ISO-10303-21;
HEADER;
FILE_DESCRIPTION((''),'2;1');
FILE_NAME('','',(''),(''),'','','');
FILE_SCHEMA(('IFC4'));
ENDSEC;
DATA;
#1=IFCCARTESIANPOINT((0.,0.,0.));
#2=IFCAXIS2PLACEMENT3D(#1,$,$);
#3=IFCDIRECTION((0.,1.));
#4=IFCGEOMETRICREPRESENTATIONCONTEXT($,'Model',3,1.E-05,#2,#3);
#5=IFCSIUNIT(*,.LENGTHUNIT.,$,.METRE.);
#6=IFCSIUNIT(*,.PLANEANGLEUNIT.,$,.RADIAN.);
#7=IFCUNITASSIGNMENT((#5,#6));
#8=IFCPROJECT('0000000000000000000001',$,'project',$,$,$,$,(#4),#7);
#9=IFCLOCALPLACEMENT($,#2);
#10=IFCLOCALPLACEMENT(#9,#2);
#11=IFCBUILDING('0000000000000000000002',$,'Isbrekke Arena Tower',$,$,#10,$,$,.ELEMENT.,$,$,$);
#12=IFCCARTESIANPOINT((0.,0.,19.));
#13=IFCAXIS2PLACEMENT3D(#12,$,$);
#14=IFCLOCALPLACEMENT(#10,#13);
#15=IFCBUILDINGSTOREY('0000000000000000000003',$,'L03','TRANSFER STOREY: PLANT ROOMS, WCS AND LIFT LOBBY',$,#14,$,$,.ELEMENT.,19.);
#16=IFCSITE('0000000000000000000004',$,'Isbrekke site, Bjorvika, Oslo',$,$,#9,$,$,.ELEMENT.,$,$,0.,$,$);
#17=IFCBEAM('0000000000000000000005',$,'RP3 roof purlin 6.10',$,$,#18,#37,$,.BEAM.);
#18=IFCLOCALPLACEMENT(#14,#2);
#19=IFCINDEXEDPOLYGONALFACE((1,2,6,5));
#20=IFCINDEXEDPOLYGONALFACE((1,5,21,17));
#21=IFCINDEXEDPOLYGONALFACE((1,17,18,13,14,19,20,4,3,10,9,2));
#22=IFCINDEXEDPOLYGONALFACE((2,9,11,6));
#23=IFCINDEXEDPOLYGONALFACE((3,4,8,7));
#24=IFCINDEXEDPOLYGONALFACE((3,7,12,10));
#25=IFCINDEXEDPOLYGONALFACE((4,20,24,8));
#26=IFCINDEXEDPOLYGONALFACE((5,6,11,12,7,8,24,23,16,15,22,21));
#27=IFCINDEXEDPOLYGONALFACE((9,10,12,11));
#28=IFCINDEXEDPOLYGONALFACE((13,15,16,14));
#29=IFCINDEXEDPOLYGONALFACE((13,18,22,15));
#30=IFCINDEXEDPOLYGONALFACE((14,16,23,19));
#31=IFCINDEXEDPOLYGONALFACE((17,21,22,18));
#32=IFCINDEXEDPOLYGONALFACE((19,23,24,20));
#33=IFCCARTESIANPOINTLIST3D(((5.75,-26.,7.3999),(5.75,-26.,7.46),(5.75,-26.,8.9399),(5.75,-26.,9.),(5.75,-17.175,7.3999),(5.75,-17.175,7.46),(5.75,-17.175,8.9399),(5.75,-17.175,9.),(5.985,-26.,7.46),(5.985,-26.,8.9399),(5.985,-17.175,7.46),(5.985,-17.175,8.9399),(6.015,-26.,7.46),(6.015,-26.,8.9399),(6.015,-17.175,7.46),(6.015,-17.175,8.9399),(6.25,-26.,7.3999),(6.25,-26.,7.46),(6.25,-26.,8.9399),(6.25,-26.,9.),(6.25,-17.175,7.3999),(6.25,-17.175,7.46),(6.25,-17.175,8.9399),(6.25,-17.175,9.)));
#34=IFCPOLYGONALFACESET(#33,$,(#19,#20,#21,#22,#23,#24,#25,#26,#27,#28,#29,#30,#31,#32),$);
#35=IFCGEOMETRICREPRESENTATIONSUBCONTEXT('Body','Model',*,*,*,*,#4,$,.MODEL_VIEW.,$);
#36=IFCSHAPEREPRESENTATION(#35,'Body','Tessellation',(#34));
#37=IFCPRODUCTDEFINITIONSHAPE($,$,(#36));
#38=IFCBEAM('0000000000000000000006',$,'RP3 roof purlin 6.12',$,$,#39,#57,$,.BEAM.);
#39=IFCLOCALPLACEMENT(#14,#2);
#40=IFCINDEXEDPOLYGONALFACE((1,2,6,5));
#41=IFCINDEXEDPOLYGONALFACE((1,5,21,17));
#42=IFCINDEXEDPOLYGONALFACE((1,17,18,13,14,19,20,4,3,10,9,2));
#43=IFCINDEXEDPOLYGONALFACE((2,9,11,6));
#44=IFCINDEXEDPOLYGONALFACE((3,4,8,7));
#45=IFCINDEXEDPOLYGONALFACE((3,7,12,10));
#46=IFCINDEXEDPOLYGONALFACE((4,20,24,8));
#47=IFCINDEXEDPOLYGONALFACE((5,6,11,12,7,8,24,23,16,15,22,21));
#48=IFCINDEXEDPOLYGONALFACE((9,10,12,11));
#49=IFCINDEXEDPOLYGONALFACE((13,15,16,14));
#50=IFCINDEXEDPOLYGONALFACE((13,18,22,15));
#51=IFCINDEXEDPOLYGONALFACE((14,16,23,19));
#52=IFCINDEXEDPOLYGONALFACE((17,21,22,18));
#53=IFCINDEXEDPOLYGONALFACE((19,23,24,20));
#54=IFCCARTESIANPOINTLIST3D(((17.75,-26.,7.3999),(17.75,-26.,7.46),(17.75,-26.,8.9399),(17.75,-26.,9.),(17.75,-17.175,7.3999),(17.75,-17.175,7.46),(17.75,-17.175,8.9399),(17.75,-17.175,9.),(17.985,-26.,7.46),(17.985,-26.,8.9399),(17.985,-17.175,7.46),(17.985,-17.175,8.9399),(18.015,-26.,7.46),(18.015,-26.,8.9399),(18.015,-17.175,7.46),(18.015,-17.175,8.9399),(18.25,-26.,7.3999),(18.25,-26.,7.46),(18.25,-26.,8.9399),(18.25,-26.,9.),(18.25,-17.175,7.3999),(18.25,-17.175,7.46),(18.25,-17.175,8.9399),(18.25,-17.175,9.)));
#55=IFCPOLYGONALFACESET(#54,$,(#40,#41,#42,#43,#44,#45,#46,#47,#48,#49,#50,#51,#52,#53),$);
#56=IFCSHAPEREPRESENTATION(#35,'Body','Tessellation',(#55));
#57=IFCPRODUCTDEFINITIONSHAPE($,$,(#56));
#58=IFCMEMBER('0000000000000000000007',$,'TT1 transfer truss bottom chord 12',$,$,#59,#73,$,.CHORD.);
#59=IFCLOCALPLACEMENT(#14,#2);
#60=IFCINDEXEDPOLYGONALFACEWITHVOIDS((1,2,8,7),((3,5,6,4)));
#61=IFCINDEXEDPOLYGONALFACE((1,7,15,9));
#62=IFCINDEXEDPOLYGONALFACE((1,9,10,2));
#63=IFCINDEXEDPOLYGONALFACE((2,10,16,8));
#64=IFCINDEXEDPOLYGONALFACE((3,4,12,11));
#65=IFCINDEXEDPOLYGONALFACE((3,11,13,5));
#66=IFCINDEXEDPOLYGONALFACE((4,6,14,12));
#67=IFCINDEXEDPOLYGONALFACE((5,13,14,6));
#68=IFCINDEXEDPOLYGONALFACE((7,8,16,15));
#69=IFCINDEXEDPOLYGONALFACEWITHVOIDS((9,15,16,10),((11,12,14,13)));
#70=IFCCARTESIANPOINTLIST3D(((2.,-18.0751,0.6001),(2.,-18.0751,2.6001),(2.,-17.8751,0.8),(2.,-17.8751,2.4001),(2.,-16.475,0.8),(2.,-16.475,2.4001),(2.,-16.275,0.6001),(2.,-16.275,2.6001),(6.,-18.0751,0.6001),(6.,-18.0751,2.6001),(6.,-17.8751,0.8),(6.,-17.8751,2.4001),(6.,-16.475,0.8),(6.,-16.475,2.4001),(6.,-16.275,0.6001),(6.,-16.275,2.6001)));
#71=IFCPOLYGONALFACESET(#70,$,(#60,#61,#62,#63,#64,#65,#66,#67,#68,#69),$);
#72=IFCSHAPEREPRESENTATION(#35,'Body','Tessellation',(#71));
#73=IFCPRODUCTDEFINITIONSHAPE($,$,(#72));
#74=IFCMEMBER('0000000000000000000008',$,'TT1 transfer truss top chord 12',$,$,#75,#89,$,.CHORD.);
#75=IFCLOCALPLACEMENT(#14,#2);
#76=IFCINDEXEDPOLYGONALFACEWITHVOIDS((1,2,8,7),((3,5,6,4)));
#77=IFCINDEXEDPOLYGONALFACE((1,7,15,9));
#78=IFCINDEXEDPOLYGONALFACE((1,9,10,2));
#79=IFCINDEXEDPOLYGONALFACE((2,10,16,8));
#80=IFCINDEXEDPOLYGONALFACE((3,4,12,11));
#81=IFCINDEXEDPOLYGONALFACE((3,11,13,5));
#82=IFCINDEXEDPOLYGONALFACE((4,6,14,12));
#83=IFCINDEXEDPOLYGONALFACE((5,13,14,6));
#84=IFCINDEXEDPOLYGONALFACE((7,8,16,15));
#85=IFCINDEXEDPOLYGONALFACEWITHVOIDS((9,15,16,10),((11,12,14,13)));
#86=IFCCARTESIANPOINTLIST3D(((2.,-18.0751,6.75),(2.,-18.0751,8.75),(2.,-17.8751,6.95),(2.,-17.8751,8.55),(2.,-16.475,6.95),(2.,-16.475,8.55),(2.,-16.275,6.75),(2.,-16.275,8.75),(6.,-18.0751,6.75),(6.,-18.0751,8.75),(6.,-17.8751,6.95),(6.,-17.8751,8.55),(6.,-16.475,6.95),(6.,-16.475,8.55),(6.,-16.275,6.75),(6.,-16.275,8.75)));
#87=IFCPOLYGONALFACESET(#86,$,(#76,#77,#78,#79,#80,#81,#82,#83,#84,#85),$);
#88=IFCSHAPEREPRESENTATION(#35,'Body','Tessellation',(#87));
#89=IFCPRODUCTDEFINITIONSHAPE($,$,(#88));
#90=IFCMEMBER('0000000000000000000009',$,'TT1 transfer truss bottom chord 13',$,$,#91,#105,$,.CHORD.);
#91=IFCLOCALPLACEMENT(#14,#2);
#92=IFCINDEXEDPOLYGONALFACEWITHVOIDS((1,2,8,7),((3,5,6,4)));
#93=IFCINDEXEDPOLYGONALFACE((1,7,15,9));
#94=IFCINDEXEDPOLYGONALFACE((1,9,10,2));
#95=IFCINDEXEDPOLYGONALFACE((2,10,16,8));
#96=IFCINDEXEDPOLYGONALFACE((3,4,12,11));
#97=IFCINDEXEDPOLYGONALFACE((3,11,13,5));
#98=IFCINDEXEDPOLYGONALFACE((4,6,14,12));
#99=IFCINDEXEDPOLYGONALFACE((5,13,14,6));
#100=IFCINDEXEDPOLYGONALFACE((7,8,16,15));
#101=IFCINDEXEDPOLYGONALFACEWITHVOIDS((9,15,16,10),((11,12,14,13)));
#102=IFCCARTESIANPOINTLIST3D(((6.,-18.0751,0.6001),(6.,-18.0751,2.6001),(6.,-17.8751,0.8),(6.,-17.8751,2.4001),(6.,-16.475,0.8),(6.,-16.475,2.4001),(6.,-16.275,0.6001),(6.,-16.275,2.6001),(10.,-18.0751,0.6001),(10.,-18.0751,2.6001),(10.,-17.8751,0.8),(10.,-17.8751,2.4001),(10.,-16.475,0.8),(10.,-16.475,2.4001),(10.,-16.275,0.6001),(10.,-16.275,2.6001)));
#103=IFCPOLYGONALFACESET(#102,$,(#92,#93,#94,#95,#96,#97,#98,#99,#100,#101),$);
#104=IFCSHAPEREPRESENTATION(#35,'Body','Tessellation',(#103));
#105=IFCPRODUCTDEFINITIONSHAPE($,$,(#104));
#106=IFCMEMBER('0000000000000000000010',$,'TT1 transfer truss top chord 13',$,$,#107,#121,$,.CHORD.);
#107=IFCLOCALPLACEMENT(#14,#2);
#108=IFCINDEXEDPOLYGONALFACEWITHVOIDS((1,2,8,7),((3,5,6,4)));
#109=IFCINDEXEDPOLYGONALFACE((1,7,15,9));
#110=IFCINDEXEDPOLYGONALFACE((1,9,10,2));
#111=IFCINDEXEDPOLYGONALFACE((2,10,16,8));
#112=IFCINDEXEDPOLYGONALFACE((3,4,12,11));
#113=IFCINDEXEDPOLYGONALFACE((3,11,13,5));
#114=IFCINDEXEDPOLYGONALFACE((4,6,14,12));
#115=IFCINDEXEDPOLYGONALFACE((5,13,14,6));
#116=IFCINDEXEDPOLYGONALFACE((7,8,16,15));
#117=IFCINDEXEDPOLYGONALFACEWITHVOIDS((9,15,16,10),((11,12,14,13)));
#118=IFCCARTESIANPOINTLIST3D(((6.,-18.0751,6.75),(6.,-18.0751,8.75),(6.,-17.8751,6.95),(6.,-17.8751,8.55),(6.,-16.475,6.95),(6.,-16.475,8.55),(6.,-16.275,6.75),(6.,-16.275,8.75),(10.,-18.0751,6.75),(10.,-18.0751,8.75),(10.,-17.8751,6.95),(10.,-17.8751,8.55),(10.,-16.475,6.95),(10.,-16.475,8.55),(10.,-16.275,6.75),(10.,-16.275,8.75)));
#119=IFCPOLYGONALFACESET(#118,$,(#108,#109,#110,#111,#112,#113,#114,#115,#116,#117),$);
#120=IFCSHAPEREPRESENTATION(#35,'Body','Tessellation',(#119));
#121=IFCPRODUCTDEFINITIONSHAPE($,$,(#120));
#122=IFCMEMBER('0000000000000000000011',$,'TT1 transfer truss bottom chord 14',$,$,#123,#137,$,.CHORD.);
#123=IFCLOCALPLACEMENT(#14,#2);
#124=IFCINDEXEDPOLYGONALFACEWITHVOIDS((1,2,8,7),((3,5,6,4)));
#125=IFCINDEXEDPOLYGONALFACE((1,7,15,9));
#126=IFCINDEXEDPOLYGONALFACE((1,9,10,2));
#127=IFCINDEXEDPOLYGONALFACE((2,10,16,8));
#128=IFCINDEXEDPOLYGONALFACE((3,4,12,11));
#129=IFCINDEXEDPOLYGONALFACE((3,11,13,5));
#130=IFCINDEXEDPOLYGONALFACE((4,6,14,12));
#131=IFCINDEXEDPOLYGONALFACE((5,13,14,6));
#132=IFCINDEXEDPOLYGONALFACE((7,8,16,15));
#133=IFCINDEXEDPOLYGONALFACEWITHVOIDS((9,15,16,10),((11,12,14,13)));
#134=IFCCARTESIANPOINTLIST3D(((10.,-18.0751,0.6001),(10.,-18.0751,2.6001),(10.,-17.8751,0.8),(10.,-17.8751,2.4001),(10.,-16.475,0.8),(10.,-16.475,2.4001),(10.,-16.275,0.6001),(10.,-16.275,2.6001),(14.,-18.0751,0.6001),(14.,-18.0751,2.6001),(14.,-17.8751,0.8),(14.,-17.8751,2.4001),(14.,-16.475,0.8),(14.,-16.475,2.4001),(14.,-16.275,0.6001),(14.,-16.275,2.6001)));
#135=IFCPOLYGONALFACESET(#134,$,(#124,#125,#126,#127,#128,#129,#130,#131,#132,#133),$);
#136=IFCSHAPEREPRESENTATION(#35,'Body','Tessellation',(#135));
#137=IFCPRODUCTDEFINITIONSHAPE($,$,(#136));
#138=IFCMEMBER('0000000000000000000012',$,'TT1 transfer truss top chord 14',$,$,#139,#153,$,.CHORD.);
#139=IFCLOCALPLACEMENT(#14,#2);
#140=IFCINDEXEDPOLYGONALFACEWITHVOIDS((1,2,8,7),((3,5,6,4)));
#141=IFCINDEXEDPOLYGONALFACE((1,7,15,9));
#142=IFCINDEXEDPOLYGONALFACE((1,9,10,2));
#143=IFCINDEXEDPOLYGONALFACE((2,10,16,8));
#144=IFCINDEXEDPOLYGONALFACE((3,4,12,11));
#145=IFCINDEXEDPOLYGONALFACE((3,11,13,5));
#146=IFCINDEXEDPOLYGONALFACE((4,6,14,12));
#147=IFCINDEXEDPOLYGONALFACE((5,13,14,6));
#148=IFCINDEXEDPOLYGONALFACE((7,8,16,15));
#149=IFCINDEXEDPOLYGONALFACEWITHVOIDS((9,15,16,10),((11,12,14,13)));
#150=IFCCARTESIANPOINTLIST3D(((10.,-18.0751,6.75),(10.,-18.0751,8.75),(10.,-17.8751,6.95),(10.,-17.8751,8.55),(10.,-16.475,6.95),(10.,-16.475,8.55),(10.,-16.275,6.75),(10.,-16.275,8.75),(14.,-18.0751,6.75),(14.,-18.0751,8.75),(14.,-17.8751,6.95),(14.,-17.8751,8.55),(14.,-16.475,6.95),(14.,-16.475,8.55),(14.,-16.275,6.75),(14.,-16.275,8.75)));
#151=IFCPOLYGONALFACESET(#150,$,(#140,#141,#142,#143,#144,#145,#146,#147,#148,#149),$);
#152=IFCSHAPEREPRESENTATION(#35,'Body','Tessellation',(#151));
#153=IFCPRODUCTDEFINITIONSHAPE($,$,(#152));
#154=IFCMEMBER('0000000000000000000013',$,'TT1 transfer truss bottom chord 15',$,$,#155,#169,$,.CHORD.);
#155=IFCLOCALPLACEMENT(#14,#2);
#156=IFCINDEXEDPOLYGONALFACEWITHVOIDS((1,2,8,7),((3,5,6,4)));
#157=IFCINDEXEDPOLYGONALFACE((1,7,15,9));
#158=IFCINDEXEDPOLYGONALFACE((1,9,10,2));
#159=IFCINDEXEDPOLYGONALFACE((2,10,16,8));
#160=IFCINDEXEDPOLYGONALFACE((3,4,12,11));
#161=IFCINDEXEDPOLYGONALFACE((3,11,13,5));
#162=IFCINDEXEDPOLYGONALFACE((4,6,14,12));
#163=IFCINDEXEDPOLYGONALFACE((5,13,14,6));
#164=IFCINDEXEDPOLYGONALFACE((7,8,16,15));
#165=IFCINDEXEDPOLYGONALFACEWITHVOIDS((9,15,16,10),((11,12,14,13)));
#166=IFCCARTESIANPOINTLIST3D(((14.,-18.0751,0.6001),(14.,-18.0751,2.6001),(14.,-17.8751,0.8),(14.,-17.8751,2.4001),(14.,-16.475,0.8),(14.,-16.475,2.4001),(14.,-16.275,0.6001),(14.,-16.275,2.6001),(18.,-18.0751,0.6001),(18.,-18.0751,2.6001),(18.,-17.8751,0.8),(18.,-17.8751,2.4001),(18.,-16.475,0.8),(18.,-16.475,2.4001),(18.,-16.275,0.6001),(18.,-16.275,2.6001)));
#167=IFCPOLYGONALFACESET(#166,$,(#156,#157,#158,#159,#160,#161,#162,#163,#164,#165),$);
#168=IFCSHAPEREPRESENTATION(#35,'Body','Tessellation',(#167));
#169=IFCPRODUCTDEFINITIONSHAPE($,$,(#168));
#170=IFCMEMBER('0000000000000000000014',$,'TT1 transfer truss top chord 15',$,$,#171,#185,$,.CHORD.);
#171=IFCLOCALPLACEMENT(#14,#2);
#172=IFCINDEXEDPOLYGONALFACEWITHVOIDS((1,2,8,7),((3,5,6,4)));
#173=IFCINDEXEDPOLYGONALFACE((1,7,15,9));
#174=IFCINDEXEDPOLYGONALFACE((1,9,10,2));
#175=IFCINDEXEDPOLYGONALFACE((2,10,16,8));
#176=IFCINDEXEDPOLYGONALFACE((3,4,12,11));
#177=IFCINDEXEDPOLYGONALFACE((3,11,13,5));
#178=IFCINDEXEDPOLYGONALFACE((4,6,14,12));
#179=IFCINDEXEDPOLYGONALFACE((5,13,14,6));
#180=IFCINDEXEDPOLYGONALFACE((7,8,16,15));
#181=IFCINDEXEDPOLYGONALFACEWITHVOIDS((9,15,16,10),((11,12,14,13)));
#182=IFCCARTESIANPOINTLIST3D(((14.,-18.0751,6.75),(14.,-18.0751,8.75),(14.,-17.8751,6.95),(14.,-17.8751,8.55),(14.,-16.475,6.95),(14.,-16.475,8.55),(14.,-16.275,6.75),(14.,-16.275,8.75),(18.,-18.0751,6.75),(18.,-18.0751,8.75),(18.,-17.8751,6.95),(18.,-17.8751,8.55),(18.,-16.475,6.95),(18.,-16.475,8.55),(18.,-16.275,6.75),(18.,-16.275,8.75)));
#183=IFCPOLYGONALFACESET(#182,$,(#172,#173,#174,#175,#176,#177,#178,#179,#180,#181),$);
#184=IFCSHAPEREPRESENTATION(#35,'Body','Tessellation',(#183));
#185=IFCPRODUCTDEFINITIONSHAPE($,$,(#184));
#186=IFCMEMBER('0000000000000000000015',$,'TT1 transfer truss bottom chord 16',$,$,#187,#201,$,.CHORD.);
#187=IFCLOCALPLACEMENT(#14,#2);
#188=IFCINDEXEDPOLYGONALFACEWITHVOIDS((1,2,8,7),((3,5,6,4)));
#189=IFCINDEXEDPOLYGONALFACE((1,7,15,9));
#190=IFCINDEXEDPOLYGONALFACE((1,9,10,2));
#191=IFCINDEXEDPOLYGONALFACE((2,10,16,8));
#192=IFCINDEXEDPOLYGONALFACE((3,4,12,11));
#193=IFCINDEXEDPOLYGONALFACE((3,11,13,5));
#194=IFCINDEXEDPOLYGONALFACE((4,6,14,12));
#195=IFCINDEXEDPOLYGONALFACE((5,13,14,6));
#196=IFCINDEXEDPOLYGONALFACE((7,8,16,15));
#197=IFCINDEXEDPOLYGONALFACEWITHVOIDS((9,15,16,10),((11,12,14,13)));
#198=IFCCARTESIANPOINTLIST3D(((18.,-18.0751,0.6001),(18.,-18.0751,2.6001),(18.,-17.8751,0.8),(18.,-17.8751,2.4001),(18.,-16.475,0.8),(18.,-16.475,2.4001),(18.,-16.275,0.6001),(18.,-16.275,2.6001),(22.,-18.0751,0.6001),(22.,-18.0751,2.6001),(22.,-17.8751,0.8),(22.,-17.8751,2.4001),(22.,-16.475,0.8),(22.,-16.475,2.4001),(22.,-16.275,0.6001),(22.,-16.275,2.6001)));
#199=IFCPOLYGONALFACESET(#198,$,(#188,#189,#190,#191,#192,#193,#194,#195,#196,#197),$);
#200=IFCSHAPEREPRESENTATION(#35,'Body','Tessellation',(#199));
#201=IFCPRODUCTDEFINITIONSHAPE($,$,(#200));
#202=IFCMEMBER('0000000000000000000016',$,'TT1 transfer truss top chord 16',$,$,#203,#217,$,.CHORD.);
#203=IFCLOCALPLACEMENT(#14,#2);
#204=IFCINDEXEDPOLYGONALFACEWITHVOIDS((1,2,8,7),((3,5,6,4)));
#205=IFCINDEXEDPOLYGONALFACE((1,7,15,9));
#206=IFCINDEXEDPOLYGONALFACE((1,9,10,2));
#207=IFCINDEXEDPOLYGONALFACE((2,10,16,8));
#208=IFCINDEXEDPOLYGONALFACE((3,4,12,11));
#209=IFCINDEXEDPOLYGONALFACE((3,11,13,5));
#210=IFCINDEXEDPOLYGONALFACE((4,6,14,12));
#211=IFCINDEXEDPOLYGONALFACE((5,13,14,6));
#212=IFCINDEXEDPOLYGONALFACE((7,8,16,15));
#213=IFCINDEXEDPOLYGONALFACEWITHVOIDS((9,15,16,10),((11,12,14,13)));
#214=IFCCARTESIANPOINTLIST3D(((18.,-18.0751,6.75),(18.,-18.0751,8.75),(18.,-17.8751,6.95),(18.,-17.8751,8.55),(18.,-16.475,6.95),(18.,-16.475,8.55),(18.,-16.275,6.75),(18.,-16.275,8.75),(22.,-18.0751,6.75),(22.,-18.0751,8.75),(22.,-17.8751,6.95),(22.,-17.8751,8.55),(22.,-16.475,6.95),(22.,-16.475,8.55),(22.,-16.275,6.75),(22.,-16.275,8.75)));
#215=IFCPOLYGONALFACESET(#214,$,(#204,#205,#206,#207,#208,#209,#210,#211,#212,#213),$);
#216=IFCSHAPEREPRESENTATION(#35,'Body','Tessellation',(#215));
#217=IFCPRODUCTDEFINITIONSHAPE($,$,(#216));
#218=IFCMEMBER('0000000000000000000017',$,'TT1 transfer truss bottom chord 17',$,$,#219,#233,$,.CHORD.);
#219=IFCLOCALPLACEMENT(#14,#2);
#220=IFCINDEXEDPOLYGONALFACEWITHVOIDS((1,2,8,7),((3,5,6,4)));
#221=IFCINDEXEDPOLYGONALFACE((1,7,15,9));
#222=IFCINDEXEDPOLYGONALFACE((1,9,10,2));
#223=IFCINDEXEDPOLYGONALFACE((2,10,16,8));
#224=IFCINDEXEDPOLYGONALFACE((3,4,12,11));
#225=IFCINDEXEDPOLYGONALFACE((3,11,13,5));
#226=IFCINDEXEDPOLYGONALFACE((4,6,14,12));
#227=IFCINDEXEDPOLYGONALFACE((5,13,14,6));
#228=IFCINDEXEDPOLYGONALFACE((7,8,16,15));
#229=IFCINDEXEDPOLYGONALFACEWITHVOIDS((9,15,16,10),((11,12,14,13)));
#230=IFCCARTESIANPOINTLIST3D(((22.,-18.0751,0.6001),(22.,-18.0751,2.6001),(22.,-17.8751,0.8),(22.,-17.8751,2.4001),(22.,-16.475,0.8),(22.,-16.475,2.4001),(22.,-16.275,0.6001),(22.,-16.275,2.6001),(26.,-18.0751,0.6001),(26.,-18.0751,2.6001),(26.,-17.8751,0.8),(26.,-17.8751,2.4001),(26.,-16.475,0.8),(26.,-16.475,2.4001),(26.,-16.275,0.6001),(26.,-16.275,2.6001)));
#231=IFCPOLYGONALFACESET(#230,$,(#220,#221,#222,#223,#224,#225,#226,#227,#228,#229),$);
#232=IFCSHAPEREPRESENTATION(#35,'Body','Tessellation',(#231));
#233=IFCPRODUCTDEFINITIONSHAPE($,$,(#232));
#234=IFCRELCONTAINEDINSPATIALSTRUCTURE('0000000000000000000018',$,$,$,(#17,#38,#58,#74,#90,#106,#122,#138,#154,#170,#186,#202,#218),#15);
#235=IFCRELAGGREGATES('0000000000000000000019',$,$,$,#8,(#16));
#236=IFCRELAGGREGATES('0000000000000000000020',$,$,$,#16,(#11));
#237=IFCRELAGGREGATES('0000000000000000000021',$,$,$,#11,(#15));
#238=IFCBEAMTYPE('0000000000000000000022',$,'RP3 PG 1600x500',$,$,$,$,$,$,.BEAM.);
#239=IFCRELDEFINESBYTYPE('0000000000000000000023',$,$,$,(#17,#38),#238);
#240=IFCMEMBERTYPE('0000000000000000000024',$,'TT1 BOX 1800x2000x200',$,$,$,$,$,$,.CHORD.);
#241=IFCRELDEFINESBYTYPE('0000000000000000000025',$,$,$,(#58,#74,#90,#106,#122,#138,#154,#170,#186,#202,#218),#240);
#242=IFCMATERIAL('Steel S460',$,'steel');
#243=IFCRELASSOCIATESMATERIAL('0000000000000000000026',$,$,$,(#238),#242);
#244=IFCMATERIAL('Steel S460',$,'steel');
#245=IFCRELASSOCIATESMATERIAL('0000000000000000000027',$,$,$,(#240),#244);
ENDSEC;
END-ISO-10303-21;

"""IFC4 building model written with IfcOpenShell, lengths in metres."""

from ifc_helpers import new_model, si_unit, direction, frame, origin, origin_2d, place, context, subcontext, project, spatial, hollow_rectangle, i_section, extrude, material, material_profile, profile_set, type_object, element, save


model = new_model("IFC4")

# Units and contexts
model_context = context("Model", 3, precision=1e-05, world=origin(), true_north=direction((0.0, 1.0)))
body_context = subcontext(model_context, "Body", "Model", "MODEL_VIEW")
ifc_project = project(units=[si_unit("LENGTHUNIT", "METRE"), si_unit("PLANEANGLEUNIT", "RADIAN")], contexts=[model_context])

# Site, building, storey
site_placement = place(None, origin())
site = spatial("IfcSite", under=ifc_project, at=site_placement, Name="Isbrekke site, Bjorvika, Oslo", CompositionType="ELEMENT", RefElevation=0.0)
building_placement = place(site_placement, origin())
building = spatial("IfcBuilding", under=site, at=building_placement, Name="Isbrekke Arena Tower", CompositionType="ELEMENT")
storey_placement = place(building_placement, frame((0.0, 0.0, 19.0)))
storey = spatial("IfcBuildingStorey", under=building, at=storey_placement, Name="L03", Description="TRANSFER STOREY: PLANT ROOMS, WCS AND LIFT LOBBY", CompositionType="ELEMENT", Elevation=19.0)

# Beams
ifc_material_1 = material(Name="Steel S460", Category="steel")
ifc_material_profile_1 = material_profile(ifc_material_1, i_section(OverallWidth=0.5, OverallDepth=1.6001, WebThickness=0.03, FlangeThickness=0.0601, at=origin_2d()), Name="PG 1600x500")
ifc_profile_set_1 = profile_set([ifc_material_profile_1], Name="Steel S460")
beam_type_1 = type_object("IfcBeamType", Name="RP3 PG 1600x500", PredefinedType="BEAM", material=ifc_profile_set_1)
for number, where, z_axis, x_axis, name in (
    (1, (6.0, -26.0, 8.2), (0.0, 1.0, 0.0), (-1.0, 0.0, 0.0), "RP3 roof purlin 6.10"),
    (2, (18.0, -26.0, 8.2), (0.0, 1.0, 0.0), (-1.0, 0.0, 0.0), "RP3 roof purlin 6.12"),
):
    element("IfcBeam", number, at=place(storey_placement, frame(where, z_axis=z_axis, x_axis=x_axis)), inside=storey, type_object=beam_type_1, Name=name, PredefinedType="BEAM", context=body_context, shape_type="SweptSolid", body=[
        extrude(i_section(OverallWidth=0.5, OverallDepth=1.6001, WebThickness=0.03, FlangeThickness=0.0601, at=origin_2d()), origin(), (0.0, 0.0, 1.0), 8.825),
    ])

# Members
ifc_material_2 = material(Name="Steel S460", Category="steel")
ifc_material_profile_2 = material_profile(ifc_material_2, hollow_rectangle(XDim=1.8, YDim=2.0, WallThickness=0.2, at=origin_2d()), Name="BOX 1800x2000x200")
ifc_profile_set_2 = profile_set([ifc_material_profile_2], Name="Steel S460")
member_type_1 = type_object("IfcMemberType", Name="TT1 BOX 1800x2000x200", PredefinedType="CHORD", material=ifc_profile_set_2)
for number, where, z_axis, x_axis, name in (
    (3, (2.0, -17.175, 1.6001), (1.0, 0.0, 0.0), (0.0, 1.0, 0.0), "TT1 transfer truss bottom chord 12"),
    (4, (2.0, -17.175, 7.75), (1.0, 0.0, 0.0), (0.0, 1.0, 0.0), "TT1 transfer truss top chord 12"),
    (5, (6.0, -17.175, 1.6001), (1.0, 0.0, 0.0), (0.0, 1.0, 0.0), "TT1 transfer truss bottom chord 13"),
    (6, (6.0, -17.175, 7.75), (1.0, 0.0, 0.0), (0.0, 1.0, 0.0), "TT1 transfer truss top chord 13"),
    (7, (10.0, -17.175, 1.6001), (1.0, 0.0, 0.0), (0.0, 1.0, 0.0), "TT1 transfer truss bottom chord 14"),
    (8, (10.0, -17.175, 7.75), (1.0, 0.0, 0.0), (0.0, 1.0, 0.0), "TT1 transfer truss top chord 14"),
    (9, (14.0, -17.175, 1.6001), (1.0, 0.0, 0.0), (0.0, 1.0, 0.0), "TT1 transfer truss bottom chord 15"),
    (10, (14.0, -17.175, 7.75), (1.0, 0.0, 0.0), (0.0, 1.0, 0.0), "TT1 transfer truss top chord 15"),
    (11, (18.0, -17.175, 1.6001), (1.0, 0.0, 0.0), (0.0, 1.0, 0.0), "TT1 transfer truss bottom chord 16"),
    (12, (18.0, -17.175, 7.75), (1.0, 0.0, 0.0), (0.0, 1.0, 0.0), "TT1 transfer truss top chord 16"),
    (13, (22.0, -17.175, 1.6001), (1.0, 0.0, 0.0), (0.0, 1.0, 0.0), "TT1 transfer truss bottom chord 17"),
):
    element("IfcMember", number, at=place(storey_placement, frame(where, z_axis=z_axis, x_axis=x_axis)), inside=storey, type_object=member_type_1, Name=name, PredefinedType="CHORD", context=body_context, shape_type="SweptSolid", body=[
        extrude(hollow_rectangle(XDim=1.8, YDim=2.0, WallThickness=0.2, at=origin_2d()), origin(), (0.0, 0.0, 1.0), 4.0),
    ])

save(model, "model.ifc")
